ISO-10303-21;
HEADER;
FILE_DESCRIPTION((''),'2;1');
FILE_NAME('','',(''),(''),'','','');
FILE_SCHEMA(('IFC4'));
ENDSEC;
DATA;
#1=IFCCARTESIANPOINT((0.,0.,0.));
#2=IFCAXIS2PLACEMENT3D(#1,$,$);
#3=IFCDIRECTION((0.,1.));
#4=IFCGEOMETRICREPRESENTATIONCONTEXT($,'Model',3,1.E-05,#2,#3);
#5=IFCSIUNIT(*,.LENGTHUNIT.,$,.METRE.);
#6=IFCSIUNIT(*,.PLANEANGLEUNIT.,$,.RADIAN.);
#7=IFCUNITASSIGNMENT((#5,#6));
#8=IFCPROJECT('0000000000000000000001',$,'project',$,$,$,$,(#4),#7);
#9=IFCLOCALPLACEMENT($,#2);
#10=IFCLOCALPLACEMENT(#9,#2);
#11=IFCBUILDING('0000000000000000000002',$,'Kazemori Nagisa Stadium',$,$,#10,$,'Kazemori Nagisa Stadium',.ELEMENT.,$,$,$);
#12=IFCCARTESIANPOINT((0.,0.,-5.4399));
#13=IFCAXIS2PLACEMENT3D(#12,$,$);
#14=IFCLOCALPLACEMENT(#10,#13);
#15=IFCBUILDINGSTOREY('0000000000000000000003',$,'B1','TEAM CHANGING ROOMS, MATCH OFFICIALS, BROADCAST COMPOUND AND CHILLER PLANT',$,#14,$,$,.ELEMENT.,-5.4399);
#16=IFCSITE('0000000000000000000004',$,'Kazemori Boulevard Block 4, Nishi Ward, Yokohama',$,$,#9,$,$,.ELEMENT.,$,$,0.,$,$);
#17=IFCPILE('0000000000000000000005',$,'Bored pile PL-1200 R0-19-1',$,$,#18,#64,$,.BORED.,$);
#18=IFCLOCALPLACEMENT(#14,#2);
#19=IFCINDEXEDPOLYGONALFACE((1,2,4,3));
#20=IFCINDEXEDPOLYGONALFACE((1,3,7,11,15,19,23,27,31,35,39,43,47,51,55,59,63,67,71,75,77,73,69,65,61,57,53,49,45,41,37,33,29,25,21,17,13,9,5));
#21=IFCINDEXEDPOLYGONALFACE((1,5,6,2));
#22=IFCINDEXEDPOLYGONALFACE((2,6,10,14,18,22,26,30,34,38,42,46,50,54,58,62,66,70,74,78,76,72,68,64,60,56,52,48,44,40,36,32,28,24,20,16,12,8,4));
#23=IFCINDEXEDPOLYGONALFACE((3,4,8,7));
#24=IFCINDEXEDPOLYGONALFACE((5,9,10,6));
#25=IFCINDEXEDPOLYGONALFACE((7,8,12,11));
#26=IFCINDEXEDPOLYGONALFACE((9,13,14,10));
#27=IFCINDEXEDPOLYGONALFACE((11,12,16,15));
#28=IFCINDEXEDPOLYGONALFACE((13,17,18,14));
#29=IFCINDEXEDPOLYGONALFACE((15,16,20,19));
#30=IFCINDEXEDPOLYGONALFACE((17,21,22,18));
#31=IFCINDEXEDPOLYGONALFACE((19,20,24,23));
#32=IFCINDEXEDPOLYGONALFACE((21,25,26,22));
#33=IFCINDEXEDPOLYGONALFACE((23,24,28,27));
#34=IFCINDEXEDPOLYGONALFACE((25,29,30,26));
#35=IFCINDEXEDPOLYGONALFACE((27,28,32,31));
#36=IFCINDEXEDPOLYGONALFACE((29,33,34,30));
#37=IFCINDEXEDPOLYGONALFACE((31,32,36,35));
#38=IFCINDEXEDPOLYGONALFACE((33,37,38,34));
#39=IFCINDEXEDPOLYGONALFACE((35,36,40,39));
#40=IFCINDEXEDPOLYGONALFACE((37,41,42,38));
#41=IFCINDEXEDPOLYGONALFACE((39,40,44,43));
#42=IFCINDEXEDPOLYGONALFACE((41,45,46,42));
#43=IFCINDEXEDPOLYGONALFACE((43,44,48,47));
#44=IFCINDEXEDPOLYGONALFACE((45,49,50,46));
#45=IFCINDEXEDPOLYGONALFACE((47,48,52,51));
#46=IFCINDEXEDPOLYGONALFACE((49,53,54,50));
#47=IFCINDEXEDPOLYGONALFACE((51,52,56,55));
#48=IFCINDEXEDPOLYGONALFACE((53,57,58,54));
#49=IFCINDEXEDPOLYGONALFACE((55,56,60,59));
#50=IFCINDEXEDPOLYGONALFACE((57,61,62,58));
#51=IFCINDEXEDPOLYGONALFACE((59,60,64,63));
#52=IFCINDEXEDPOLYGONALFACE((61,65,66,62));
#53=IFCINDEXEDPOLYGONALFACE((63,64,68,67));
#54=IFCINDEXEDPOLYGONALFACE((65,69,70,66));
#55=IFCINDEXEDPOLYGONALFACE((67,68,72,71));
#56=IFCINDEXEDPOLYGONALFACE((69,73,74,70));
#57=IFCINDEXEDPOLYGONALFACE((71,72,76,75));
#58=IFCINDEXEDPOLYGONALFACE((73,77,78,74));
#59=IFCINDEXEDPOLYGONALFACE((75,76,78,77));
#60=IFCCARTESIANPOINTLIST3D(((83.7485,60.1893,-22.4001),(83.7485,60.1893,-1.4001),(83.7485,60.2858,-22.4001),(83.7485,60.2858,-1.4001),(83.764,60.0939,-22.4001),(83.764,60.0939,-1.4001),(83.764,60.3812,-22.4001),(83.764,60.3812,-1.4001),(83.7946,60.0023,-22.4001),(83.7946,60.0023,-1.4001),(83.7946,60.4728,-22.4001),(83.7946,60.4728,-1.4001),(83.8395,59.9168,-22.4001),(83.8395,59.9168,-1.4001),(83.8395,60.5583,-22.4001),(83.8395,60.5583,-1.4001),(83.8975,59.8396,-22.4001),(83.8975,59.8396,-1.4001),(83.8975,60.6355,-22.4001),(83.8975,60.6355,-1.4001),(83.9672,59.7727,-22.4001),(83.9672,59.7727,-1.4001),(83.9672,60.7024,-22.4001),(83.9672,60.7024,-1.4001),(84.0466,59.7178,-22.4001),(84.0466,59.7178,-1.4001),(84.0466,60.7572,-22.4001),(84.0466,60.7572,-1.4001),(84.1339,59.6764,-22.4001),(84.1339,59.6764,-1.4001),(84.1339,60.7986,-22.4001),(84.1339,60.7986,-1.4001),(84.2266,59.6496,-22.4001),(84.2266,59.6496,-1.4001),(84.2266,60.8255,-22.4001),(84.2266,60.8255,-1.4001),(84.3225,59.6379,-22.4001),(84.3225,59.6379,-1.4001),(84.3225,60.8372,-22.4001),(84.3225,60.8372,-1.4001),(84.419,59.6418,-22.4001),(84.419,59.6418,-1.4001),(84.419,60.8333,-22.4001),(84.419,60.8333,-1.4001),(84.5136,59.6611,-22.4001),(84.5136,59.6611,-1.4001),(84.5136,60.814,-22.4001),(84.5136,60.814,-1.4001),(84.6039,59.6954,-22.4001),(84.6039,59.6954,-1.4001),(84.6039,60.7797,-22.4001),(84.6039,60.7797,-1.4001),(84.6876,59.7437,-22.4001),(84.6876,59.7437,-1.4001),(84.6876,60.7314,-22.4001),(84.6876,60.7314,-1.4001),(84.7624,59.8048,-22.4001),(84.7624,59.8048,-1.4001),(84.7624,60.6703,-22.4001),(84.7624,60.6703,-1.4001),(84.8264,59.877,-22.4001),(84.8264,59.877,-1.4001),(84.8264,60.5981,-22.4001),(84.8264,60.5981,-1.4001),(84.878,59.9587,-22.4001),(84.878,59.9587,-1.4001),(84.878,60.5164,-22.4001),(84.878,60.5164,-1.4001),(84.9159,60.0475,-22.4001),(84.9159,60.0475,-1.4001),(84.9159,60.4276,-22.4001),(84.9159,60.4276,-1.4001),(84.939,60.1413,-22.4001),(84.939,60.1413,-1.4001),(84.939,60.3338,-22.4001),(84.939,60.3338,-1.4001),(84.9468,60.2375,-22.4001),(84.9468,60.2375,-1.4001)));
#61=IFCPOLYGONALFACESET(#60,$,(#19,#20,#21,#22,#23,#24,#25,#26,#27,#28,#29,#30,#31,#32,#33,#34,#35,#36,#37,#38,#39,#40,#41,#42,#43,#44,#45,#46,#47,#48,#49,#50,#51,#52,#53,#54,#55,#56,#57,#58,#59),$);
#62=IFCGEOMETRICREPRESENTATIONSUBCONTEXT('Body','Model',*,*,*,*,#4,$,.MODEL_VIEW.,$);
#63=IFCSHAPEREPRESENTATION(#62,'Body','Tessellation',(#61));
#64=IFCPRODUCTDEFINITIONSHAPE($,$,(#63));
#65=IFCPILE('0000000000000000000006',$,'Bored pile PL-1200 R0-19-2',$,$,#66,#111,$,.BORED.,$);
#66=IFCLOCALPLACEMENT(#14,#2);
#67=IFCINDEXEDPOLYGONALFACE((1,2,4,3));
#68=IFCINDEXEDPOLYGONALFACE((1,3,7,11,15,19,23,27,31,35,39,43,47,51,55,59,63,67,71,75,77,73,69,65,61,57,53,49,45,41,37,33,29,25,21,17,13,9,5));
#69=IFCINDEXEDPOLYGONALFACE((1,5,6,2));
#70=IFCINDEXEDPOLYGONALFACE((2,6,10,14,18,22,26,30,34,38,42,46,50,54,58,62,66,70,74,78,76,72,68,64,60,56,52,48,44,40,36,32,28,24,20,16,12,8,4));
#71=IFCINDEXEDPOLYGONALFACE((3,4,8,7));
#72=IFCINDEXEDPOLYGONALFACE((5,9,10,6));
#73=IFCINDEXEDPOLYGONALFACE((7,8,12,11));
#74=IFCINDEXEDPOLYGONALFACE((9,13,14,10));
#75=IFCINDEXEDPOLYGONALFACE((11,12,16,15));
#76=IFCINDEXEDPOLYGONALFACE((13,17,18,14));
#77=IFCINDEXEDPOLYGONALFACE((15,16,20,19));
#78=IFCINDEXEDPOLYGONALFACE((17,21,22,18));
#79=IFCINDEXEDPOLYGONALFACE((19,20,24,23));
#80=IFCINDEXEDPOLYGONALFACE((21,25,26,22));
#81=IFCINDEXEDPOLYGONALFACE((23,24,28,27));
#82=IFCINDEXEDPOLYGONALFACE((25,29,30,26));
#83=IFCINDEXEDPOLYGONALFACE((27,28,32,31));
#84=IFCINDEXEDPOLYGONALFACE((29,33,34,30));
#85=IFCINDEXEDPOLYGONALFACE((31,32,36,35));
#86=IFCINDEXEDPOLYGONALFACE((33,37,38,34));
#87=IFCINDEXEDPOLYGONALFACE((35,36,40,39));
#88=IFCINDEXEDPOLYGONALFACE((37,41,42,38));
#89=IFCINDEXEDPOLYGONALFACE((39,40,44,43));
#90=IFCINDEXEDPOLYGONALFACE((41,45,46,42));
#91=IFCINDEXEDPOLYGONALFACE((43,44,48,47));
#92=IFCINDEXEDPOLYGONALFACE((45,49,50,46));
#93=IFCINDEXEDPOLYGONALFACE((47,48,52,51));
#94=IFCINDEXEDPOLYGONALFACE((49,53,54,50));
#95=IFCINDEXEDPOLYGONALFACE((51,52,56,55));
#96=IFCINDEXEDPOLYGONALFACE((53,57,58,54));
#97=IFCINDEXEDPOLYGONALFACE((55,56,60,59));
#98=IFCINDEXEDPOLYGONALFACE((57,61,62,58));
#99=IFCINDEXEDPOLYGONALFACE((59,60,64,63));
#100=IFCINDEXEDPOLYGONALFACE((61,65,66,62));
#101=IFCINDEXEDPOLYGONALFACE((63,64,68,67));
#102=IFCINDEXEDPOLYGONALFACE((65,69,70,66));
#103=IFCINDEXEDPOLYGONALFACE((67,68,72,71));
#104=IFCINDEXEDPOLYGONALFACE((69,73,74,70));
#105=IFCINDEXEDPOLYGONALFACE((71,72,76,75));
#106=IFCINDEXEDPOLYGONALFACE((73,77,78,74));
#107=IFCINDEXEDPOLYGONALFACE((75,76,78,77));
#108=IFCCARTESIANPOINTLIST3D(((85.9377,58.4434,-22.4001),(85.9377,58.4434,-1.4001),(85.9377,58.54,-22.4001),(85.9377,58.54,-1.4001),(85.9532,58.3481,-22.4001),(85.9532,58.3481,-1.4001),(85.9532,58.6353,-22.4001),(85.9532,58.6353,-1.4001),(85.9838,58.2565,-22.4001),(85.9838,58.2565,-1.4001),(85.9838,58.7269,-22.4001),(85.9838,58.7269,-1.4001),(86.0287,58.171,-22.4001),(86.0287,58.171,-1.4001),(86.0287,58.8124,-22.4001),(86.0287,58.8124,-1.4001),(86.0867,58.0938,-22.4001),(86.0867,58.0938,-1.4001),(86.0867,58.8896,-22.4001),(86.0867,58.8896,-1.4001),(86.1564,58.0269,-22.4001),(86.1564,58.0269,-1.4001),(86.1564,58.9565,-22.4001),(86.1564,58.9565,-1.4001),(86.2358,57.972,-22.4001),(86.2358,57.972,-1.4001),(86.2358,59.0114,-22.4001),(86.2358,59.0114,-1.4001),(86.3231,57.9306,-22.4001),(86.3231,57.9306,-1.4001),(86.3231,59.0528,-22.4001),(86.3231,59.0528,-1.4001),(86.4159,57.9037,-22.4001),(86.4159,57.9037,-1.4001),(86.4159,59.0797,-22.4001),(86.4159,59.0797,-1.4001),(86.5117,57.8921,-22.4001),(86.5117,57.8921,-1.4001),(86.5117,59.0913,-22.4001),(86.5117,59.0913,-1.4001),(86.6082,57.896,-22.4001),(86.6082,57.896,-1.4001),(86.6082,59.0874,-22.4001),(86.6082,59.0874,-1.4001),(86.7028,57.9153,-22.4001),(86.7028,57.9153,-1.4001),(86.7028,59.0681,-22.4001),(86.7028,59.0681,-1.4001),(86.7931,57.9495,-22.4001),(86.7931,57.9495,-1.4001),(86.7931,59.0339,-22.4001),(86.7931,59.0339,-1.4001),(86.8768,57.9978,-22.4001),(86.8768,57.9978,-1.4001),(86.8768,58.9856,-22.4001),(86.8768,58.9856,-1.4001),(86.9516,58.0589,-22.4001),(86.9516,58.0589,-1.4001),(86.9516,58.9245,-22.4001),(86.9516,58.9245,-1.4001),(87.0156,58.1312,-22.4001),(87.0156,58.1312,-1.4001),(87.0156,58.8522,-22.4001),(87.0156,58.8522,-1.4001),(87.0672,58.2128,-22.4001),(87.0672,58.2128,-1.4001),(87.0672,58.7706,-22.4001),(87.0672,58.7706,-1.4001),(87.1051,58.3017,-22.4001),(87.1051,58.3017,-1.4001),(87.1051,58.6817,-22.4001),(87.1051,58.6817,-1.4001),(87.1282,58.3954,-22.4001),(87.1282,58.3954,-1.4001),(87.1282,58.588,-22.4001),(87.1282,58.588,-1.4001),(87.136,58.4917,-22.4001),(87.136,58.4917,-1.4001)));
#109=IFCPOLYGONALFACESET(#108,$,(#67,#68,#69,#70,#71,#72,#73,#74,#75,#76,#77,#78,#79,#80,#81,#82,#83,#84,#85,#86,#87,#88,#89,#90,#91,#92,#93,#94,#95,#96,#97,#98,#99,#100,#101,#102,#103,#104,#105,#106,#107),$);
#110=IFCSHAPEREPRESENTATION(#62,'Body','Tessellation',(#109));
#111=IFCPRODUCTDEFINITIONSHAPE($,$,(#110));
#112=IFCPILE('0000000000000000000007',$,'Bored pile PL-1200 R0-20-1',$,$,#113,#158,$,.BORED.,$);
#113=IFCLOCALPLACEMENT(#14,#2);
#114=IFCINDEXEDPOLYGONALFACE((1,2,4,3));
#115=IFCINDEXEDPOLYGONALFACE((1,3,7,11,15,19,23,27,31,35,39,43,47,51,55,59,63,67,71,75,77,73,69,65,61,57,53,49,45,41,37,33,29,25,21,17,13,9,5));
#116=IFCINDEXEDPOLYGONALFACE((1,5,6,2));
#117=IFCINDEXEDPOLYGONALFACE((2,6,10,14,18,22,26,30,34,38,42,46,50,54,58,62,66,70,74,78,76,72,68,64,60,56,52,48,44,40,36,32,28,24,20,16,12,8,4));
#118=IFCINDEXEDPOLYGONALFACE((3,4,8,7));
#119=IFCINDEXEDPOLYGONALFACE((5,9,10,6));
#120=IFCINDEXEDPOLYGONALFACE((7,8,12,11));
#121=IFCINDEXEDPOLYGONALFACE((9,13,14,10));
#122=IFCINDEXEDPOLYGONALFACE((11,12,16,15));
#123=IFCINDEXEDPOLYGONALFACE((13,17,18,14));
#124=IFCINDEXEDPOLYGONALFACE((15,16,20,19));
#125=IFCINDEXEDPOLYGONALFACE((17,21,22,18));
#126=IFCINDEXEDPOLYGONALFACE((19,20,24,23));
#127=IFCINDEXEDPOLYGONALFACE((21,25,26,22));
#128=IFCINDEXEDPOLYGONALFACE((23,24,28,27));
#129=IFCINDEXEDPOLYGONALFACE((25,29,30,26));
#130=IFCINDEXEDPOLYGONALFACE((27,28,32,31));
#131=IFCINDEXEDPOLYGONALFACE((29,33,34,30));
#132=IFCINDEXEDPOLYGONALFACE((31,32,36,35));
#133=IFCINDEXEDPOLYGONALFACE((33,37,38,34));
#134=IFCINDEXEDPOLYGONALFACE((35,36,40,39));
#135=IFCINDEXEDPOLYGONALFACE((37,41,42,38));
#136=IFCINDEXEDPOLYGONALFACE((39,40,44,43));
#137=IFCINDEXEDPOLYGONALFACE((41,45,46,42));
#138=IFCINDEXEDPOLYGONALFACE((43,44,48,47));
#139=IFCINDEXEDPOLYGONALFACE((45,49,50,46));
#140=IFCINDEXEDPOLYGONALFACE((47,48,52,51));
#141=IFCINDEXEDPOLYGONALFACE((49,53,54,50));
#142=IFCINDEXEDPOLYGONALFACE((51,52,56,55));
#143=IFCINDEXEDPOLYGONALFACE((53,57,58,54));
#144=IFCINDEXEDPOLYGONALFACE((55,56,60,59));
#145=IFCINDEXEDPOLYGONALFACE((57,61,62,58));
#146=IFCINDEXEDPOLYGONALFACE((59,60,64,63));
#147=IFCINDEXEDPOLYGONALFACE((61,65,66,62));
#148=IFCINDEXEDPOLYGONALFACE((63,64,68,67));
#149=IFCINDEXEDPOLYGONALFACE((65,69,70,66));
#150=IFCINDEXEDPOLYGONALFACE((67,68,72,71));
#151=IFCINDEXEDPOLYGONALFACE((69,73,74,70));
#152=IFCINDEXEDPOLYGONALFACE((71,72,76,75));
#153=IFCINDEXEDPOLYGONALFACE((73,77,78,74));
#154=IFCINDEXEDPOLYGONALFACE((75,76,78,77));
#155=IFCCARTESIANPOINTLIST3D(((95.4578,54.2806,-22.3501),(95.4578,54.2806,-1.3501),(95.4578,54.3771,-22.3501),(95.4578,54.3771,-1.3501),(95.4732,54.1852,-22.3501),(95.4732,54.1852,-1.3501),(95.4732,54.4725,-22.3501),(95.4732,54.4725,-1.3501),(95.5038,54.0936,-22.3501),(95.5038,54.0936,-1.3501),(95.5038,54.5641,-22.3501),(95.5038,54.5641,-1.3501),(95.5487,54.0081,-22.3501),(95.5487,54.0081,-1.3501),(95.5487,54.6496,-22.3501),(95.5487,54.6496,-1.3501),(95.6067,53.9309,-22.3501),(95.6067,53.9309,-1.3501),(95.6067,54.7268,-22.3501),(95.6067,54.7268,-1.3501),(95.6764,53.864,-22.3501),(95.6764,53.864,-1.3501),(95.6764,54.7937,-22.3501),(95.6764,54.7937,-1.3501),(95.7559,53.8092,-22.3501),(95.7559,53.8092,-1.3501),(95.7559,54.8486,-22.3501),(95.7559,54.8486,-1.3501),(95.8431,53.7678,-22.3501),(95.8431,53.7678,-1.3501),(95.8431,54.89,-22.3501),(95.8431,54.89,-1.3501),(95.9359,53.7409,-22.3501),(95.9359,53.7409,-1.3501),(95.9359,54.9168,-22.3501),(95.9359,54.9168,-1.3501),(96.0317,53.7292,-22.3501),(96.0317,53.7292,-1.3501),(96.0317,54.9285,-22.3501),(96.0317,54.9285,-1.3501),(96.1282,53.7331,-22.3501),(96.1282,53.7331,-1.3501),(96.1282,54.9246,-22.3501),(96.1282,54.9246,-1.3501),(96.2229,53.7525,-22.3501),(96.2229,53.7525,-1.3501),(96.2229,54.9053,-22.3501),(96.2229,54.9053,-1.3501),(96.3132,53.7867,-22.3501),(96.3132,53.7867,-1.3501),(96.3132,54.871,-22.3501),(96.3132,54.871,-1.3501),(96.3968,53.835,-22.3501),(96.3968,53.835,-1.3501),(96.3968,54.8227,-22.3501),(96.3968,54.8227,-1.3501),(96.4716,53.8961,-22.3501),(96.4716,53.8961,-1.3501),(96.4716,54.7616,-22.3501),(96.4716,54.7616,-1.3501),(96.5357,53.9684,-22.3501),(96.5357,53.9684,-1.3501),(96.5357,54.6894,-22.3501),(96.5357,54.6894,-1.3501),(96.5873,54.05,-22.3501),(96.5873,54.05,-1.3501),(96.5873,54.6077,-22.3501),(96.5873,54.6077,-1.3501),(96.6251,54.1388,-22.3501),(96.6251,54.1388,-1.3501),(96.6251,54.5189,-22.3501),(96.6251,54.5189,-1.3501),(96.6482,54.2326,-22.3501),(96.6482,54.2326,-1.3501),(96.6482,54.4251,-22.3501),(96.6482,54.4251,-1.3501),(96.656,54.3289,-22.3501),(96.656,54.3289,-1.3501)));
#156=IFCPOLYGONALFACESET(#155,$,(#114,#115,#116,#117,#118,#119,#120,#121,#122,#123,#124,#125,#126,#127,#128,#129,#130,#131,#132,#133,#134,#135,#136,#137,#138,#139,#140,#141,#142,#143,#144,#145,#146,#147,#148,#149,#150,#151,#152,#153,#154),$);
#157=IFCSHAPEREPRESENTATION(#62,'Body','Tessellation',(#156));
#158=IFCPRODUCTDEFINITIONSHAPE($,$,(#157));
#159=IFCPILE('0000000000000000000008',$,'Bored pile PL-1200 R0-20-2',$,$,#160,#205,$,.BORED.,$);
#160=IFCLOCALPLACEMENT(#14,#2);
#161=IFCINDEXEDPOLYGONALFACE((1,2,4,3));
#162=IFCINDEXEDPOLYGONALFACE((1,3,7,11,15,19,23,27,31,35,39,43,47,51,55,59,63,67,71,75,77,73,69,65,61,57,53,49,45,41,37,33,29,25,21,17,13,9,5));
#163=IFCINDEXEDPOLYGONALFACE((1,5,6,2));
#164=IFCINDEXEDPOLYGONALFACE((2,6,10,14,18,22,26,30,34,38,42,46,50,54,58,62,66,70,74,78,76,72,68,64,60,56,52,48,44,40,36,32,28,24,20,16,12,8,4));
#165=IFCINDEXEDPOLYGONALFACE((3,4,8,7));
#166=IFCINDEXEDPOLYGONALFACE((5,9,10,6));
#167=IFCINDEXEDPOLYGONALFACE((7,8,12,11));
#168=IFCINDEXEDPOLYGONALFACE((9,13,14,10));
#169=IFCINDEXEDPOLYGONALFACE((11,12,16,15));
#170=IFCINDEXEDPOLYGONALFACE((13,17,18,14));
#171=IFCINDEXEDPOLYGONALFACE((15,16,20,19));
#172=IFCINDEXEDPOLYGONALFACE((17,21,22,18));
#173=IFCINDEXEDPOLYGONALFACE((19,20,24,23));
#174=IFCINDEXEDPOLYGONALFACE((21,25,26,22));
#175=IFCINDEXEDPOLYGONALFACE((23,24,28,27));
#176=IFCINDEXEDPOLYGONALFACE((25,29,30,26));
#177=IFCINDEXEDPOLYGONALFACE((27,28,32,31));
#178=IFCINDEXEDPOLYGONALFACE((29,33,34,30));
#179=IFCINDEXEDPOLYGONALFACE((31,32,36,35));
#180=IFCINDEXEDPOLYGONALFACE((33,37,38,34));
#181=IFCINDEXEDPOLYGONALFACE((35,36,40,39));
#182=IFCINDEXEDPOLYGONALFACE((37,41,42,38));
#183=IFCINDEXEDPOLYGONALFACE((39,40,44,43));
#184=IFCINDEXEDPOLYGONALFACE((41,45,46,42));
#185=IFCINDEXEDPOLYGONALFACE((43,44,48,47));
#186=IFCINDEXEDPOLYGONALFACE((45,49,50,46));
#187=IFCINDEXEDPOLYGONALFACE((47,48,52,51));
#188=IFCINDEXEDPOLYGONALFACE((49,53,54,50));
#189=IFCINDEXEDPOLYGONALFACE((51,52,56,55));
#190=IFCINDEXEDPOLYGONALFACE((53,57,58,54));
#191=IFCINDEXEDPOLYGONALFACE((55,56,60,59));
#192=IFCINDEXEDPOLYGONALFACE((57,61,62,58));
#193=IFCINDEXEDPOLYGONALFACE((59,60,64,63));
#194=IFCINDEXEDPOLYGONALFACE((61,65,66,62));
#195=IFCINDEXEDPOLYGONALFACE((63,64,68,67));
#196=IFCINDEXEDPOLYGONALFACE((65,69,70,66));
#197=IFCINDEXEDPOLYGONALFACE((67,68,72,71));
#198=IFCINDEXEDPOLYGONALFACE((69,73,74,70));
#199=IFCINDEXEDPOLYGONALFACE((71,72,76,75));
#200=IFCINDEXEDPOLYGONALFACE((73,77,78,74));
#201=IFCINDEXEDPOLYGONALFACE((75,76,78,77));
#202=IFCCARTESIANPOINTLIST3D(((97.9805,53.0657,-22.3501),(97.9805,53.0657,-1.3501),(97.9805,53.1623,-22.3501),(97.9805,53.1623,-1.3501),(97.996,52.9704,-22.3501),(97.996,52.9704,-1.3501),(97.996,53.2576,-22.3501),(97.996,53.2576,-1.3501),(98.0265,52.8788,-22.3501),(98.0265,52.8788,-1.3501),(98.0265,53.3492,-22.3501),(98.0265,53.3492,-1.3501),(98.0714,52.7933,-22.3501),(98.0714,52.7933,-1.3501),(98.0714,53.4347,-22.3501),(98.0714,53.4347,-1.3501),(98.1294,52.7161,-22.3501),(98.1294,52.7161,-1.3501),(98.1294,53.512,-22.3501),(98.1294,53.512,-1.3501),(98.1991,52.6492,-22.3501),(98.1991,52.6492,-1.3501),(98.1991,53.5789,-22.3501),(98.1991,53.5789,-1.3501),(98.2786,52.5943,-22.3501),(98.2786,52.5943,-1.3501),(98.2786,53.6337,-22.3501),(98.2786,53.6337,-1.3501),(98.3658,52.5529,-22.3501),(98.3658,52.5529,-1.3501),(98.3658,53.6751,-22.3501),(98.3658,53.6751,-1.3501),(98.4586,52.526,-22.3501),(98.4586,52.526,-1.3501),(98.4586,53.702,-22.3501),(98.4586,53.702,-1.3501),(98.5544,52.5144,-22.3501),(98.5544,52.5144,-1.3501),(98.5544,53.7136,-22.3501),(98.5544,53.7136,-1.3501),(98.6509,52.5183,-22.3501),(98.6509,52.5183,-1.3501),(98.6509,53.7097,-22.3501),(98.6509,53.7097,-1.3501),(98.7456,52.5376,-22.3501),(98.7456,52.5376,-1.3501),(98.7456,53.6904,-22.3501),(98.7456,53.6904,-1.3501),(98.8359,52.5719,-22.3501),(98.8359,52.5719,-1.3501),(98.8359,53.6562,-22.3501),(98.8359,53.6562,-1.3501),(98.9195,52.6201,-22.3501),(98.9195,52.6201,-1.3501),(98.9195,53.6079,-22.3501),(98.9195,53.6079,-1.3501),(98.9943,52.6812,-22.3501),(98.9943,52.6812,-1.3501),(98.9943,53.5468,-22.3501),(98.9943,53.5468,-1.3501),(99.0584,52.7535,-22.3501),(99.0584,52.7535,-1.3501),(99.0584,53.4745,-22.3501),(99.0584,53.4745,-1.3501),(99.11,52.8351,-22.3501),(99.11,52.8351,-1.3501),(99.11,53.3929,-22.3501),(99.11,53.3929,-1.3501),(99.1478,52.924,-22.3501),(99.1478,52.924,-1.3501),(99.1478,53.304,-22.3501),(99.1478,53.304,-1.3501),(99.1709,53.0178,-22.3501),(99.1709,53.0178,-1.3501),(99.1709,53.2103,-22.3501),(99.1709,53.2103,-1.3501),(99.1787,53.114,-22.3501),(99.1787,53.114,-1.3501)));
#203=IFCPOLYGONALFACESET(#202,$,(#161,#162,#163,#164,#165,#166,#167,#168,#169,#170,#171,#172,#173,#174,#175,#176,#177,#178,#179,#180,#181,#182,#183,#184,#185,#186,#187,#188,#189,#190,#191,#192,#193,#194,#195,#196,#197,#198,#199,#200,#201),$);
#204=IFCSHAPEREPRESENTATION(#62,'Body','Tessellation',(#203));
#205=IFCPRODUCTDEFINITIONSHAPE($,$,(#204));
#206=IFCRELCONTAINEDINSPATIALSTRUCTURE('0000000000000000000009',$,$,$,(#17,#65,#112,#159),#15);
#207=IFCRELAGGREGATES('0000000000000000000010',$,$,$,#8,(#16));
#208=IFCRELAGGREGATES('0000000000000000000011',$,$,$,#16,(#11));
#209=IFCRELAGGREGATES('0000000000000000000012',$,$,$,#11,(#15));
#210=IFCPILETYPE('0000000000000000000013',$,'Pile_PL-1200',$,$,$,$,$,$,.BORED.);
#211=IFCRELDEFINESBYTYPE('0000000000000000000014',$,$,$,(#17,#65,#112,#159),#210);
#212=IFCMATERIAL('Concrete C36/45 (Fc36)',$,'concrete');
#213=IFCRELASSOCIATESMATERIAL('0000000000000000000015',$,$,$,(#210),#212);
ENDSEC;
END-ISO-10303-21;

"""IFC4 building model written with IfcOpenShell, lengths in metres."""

from ifc_helpers import new_model, si_unit, direction, frame, origin, origin_2d, place, context, subcontext, project, spatial, circle, extrude, material, material_profile, profile_set, type_object, element, save


model = new_model("IFC4")

# Units and contexts
model_context = context("Model", 3, precision=1e-05, world=origin(), true_north=direction((0.0, 1.0)))
body_context = subcontext(model_context, "Body", "Model", "MODEL_VIEW")
ifc_project = project(units=[si_unit("LENGTHUNIT", "METRE"), si_unit("PLANEANGLEUNIT", "RADIAN")], contexts=[model_context])

# Site, building, storey
site_placement = place(None, origin())
site = spatial("IfcSite", under=ifc_project, at=site_placement, Name="Kazemori Boulevard Block 4, Nishi Ward, Yokohama", CompositionType="ELEMENT", RefElevation=0.0)
building_placement = place(site_placement, origin())
building = spatial("IfcBuilding", under=site, at=building_placement, Name="Kazemori Nagisa Stadium", LongName="Kazemori Nagisa Stadium", CompositionType="ELEMENT")
storey_placement = place(building_placement, frame((0.0, 0.0, -5.4399)))
storey = spatial("IfcBuildingStorey", under=building, at=storey_placement, Name="B1", Description="TEAM CHANGING ROOMS, MATCH OFFICIALS, BROADCAST COMPOUND AND CHILLER PLANT", CompositionType="ELEMENT", Elevation=-5.4399)

# Piles
ifc_material_1 = material(Name="Concrete C36/45 (Fc36)", Category="concrete")
ifc_material_profile_1 = material_profile(ifc_material_1, circle(Radius=0.6001, at=origin_2d()), Name="PILE-D1200")
ifc_profile_set_1 = profile_set([ifc_material_profile_1], Name="Concrete C36/45 (Fc36)")
pile_type = type_object("IfcPileType", Name="Pile_PL-1200", PredefinedType="BORED", material=ifc_profile_set_1)
for number, where, z_axis, x_axis, name in (
    (1, (84.3467, 60.2375, -1.4001), (0.0, 0.0, -1.0), (1.0, 0.0, 0.0), "Bored pile PL-1200 R0-19-1"),
    (2, (86.5359, 58.4917, -1.4001), (0.0, 0.0, -1.0), (1.0, 0.0, 0.0), "Bored pile PL-1200 R0-19-2"),
    (3, (96.0559, 54.3289, -1.3501), (0.0, 0.0, -1.0), (1.0, 0.0, 0.0), "Bored pile PL-1200 R0-20-1"),
    (4, (98.5786, 53.114, -1.3501), (0.0, 0.0, -1.0), (1.0, 0.0, 0.0), "Bored pile PL-1200 R0-20-2"),
):
    element("IfcPile", number, at=place(storey_placement, frame(where, z_axis=z_axis, x_axis=x_axis)), inside=storey, type_object=pile_type, Name=name, PredefinedType="BORED", context=body_context, shape_type="SweptSolid", body=[
        extrude(circle(Radius=0.6001, at=origin_2d()), origin(), (0.0, 0.0, 1.0), 21.0),
    ])

save(model, "model.ifc")
